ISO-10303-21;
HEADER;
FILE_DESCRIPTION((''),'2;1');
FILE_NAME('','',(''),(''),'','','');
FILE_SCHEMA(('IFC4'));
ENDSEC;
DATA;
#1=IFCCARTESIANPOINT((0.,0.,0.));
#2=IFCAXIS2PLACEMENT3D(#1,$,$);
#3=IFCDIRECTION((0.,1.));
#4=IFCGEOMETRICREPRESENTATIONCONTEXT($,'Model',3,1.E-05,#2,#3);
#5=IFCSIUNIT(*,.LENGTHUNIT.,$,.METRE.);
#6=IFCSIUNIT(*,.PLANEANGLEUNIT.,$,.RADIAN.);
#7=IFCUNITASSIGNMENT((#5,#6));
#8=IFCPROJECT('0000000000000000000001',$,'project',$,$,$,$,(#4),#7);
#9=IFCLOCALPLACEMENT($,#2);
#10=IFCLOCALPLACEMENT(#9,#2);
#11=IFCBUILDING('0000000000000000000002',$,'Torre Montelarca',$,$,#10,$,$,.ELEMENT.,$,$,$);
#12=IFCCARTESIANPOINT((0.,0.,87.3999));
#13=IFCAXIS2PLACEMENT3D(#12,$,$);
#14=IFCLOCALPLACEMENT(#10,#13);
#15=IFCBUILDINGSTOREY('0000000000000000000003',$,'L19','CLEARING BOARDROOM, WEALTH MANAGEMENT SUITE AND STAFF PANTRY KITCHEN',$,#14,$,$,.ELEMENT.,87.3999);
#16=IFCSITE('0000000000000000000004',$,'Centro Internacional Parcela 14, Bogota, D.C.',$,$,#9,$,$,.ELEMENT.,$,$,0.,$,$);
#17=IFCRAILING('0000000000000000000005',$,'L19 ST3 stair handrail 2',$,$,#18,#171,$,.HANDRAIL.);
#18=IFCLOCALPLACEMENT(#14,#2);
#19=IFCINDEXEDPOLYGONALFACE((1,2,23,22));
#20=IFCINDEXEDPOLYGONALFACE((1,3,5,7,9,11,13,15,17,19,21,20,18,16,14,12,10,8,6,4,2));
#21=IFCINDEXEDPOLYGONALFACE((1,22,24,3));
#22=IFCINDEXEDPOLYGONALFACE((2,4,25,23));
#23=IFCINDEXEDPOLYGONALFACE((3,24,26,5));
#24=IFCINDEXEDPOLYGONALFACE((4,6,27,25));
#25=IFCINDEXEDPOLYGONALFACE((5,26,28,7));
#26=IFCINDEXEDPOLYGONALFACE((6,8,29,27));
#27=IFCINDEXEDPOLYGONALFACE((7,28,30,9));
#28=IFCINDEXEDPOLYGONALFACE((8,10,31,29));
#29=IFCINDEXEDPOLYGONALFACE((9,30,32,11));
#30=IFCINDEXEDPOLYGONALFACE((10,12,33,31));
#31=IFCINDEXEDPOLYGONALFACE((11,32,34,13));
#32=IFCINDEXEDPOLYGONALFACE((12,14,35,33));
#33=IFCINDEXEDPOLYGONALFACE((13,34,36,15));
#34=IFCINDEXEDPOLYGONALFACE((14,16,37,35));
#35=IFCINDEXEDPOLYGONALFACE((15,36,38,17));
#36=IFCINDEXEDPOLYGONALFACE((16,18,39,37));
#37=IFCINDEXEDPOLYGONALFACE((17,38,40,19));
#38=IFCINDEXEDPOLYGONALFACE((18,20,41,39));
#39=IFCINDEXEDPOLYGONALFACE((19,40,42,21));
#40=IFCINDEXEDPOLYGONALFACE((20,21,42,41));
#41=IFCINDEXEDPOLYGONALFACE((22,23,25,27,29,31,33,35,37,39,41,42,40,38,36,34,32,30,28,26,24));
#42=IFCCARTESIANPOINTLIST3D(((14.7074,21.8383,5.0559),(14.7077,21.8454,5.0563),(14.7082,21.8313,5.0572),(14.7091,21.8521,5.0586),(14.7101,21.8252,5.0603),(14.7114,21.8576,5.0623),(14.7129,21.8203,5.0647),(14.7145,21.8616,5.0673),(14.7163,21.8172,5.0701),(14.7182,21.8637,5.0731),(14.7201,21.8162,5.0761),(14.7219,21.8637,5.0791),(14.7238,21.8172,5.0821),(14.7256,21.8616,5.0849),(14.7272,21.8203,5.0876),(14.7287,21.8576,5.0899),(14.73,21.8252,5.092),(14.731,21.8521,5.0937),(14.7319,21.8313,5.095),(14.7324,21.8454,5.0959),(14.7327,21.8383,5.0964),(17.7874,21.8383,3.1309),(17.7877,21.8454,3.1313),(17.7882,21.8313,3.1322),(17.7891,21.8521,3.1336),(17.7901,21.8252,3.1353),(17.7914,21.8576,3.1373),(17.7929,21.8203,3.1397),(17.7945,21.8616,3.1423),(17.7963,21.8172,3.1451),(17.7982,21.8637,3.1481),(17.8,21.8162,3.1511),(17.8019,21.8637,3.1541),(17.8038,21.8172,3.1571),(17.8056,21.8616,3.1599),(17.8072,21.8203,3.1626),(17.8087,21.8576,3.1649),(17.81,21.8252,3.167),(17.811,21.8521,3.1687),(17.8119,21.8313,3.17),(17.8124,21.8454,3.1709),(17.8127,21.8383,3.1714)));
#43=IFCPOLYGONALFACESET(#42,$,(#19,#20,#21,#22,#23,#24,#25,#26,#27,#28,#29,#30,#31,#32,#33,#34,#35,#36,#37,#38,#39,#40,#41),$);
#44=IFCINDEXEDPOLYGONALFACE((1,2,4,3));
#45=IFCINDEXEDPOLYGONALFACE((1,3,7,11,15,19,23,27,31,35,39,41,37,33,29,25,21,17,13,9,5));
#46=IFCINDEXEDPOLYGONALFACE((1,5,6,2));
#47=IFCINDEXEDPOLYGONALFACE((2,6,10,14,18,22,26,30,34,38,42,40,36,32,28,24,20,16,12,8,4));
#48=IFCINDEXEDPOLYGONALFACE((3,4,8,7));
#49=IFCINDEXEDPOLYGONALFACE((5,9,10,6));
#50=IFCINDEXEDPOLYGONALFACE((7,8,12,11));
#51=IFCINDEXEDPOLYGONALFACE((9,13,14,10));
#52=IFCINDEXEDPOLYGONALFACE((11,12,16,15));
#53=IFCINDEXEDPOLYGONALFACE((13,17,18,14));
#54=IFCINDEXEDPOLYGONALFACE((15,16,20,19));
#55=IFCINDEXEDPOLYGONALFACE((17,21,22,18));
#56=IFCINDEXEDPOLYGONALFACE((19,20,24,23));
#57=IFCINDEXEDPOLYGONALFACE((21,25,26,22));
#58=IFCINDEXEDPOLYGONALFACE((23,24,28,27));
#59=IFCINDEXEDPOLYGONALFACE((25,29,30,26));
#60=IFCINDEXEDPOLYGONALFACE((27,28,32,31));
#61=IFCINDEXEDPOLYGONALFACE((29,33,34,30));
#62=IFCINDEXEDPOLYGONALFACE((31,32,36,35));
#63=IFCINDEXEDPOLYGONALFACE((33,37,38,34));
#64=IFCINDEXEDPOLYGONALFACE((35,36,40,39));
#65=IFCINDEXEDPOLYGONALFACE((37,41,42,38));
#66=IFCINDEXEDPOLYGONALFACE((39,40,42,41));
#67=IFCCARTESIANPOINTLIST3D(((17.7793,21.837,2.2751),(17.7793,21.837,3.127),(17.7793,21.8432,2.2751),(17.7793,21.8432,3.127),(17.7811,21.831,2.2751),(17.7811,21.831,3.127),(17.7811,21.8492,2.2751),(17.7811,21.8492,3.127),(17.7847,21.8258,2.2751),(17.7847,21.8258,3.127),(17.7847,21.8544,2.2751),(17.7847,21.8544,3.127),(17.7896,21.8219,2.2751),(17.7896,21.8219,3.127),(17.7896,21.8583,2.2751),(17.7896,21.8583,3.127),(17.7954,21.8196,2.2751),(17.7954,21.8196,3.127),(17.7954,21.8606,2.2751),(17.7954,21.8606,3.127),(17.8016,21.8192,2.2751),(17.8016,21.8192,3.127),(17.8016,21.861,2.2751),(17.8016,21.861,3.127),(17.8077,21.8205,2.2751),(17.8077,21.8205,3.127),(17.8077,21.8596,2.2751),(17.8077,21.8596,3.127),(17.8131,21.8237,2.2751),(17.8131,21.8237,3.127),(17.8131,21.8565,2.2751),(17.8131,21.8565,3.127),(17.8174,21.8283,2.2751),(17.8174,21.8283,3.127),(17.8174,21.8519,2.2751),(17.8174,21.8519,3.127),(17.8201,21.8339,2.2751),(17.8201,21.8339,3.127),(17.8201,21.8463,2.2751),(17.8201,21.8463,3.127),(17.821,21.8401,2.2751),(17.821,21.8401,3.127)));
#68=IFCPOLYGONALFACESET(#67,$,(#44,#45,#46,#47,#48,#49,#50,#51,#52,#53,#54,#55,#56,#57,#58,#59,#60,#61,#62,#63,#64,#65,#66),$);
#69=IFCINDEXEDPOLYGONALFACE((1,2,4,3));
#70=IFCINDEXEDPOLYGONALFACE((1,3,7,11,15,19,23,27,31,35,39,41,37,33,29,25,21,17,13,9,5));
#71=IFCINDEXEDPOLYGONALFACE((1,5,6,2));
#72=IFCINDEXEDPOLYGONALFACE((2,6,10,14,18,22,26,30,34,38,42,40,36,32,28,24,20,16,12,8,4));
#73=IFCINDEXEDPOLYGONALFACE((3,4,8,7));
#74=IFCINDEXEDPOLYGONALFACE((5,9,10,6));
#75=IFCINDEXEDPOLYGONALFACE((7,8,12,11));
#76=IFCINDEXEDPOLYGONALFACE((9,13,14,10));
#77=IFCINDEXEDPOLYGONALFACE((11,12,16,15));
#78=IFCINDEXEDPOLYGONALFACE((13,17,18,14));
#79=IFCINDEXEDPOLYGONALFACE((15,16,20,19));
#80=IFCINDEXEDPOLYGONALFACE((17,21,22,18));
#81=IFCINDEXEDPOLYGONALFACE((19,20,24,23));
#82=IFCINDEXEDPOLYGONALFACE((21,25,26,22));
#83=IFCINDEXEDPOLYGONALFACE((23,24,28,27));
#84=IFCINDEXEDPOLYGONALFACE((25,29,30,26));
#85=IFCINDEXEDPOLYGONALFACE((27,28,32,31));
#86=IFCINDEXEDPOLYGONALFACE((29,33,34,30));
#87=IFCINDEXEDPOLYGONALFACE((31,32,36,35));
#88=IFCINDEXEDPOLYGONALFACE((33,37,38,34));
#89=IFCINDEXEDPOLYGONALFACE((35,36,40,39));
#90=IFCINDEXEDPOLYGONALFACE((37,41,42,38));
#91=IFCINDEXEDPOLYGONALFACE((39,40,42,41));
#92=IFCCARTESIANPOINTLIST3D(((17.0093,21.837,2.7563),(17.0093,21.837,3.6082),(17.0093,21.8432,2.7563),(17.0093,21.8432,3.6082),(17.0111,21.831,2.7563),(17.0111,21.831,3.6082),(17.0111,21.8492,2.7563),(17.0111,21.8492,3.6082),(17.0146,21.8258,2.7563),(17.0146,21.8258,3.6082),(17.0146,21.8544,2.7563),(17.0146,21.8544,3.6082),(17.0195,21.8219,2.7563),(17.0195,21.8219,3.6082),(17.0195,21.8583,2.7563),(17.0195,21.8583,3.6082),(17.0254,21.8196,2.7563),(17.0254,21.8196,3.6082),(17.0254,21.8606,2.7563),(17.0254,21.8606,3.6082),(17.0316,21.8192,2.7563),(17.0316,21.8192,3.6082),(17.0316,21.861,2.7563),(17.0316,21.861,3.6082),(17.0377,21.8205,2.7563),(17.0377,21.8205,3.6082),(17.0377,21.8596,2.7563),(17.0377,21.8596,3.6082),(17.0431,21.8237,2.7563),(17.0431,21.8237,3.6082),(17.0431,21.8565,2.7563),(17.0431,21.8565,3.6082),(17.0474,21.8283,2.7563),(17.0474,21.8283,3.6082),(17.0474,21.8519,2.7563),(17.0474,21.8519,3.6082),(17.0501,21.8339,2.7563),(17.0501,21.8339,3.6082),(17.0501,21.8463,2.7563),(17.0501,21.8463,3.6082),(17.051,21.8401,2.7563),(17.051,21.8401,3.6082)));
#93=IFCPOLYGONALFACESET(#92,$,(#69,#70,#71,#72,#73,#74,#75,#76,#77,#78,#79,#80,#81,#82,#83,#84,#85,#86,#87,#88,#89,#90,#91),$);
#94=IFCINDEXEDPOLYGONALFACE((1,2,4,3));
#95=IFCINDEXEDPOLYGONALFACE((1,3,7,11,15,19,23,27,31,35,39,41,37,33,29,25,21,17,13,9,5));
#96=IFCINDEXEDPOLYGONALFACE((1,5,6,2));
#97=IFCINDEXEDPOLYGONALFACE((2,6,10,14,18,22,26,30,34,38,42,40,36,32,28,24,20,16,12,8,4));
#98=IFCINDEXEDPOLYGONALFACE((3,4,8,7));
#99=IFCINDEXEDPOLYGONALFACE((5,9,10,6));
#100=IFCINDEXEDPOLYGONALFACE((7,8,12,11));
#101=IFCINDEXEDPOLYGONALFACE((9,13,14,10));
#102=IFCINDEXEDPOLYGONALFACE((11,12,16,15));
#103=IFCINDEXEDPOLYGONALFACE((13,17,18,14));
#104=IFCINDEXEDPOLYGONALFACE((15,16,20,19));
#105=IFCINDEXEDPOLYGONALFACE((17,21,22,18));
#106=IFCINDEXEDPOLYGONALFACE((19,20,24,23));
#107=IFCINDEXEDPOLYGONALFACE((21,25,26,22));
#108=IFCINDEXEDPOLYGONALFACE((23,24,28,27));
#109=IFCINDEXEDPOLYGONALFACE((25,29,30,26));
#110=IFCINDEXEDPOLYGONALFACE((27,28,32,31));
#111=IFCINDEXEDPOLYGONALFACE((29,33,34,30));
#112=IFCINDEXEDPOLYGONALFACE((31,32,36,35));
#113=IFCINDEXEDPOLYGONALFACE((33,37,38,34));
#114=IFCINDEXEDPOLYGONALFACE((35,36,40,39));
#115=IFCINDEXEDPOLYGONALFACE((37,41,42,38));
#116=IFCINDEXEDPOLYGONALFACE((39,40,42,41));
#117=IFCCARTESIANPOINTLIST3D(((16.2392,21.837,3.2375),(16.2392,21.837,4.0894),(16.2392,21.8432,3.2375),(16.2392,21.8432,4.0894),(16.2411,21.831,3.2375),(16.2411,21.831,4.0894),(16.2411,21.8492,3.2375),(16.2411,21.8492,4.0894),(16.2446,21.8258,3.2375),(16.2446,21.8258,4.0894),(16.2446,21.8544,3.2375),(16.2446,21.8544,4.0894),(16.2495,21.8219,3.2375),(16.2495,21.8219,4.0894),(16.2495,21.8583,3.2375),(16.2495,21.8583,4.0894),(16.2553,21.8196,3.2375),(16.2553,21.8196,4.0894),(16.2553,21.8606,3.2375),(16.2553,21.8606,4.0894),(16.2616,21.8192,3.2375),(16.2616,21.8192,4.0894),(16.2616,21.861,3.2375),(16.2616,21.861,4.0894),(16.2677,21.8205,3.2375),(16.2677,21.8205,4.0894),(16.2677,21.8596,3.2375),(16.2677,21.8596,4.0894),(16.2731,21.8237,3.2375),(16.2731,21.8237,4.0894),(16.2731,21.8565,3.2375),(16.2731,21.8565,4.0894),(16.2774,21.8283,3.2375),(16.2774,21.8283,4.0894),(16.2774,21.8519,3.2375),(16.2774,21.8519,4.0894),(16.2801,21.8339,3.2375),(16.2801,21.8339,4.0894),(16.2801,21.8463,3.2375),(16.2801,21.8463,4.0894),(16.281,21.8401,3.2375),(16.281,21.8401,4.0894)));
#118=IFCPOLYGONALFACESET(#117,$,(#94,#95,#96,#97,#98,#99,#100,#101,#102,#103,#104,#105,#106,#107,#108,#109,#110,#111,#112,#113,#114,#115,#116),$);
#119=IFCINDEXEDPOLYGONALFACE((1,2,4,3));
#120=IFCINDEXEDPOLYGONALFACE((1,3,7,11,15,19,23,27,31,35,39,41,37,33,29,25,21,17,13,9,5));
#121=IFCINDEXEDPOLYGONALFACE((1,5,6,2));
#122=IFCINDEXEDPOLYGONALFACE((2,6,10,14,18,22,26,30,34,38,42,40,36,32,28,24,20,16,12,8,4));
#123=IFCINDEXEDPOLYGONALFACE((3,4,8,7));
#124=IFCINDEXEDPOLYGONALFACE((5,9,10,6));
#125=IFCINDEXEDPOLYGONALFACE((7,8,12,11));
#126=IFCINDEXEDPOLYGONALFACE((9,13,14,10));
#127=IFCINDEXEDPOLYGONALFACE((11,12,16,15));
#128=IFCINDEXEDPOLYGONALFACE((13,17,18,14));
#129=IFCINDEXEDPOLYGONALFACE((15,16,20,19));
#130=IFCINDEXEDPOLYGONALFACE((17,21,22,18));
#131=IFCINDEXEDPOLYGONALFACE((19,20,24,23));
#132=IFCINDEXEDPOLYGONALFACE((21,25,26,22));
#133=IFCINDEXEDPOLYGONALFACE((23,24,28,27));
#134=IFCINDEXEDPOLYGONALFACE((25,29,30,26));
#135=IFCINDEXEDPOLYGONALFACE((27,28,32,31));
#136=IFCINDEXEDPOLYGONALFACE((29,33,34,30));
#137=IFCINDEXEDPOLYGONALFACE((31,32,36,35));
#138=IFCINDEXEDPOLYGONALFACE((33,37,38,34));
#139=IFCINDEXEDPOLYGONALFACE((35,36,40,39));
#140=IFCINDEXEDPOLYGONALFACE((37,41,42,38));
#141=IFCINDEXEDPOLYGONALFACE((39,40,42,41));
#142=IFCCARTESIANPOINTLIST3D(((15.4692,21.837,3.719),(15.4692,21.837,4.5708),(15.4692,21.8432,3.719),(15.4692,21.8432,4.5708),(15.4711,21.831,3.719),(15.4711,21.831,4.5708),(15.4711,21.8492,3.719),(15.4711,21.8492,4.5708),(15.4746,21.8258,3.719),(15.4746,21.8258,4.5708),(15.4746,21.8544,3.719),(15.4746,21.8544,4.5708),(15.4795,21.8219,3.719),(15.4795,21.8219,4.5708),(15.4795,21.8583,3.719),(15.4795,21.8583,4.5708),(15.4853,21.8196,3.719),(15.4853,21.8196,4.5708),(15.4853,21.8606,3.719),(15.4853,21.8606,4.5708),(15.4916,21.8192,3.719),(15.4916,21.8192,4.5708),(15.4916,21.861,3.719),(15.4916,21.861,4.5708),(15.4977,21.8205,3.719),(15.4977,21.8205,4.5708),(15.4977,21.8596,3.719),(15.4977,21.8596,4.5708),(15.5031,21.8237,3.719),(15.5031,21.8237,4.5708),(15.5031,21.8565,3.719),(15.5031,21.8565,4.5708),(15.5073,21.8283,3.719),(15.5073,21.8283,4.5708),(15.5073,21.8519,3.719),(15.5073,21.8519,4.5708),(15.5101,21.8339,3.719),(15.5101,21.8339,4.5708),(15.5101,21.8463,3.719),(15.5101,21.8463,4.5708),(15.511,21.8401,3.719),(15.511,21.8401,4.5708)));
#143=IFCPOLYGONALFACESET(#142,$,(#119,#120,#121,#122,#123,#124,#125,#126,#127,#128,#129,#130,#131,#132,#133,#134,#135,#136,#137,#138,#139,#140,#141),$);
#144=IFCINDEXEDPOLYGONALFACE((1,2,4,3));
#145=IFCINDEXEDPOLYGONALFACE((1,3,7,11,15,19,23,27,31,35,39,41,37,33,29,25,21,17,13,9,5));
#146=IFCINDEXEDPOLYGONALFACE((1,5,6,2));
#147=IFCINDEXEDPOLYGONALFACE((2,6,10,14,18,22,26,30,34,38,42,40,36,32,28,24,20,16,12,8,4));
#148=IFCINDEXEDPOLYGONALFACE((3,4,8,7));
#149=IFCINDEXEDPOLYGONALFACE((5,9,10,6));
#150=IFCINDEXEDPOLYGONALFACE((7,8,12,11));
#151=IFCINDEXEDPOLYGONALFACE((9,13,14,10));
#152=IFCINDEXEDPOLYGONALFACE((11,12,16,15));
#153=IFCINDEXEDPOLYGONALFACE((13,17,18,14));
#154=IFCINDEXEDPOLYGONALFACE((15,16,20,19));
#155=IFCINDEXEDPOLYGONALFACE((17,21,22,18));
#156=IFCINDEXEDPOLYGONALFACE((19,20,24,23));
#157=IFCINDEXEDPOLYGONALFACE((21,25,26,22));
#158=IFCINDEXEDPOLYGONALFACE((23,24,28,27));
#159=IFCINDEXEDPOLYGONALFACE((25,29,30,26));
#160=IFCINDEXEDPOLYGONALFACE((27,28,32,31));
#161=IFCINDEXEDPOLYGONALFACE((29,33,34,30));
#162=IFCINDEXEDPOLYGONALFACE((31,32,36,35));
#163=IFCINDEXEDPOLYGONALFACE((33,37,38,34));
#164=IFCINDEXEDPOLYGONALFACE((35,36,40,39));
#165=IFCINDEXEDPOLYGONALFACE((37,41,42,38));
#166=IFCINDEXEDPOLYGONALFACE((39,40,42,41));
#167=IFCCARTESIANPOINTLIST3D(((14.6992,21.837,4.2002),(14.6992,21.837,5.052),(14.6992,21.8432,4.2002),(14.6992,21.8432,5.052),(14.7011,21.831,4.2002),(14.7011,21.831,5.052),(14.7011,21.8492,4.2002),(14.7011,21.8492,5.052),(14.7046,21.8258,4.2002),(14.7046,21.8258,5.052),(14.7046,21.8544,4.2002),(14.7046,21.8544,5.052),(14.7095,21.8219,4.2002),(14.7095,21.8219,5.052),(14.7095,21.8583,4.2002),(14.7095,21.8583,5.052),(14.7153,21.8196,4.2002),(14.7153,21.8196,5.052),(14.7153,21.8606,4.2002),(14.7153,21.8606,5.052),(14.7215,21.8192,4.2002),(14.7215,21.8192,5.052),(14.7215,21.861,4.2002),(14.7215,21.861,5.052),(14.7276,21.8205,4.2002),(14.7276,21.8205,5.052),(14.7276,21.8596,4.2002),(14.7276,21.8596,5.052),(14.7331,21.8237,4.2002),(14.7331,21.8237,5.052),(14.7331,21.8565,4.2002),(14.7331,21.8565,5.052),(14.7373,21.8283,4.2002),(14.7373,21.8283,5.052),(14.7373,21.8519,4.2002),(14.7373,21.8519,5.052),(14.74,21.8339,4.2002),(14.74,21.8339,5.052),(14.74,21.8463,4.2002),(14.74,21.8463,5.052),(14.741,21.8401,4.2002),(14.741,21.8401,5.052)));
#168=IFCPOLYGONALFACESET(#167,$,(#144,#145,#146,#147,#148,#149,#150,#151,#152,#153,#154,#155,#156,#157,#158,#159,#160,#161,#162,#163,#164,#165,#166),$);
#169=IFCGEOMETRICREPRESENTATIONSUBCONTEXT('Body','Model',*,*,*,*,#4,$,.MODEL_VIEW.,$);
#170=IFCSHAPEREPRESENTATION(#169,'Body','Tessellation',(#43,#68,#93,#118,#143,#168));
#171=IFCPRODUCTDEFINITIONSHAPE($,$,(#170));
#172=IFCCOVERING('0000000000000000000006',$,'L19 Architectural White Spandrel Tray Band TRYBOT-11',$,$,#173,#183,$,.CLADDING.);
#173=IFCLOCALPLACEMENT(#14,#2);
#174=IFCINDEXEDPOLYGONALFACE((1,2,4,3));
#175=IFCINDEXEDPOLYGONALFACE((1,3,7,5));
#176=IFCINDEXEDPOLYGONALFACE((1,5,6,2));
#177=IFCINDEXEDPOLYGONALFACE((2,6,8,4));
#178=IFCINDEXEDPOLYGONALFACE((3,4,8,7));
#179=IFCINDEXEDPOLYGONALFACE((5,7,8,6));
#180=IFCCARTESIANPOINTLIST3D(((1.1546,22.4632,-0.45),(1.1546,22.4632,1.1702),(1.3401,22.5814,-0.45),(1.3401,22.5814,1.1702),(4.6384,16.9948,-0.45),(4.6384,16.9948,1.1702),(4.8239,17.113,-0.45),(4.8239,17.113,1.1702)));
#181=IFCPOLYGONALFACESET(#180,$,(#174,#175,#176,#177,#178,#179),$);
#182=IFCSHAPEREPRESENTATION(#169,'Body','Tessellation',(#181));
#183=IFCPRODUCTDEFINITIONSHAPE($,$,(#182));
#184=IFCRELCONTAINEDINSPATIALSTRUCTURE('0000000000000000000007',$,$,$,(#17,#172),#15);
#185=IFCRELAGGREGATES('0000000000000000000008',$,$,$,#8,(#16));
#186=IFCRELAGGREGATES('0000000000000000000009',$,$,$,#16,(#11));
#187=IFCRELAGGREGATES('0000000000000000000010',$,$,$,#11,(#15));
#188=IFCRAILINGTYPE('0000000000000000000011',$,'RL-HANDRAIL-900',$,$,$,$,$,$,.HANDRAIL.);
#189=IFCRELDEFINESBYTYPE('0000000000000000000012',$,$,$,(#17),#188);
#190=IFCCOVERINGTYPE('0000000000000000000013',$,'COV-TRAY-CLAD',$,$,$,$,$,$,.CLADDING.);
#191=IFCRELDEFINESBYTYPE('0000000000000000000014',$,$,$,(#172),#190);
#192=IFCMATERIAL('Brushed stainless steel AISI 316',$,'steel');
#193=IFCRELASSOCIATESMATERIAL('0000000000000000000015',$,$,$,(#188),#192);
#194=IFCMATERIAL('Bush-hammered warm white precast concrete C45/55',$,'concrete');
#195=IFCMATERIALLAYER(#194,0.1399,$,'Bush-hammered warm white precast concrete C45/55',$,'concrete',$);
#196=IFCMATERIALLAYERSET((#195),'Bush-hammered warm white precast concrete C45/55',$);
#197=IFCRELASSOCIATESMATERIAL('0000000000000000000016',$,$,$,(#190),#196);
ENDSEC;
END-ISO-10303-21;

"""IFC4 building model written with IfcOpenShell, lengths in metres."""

from ifc_helpers import new_model, si_unit, direction, frame, origin, origin_2d, place, context, subcontext, project, spatial, rectangle, circle, extrude, source, transform, mapped, material, layer, layer_set, type_object, element, save


model = new_model("IFC4")

# Units and contexts
model_context = context("Model", 3, precision=1e-05, world=origin(), true_north=direction((0.0, 1.0)))
body_context = subcontext(model_context, "Body", "Model", "MODEL_VIEW")
ifc_project = project(units=[si_unit("LENGTHUNIT", "METRE"), si_unit("PLANEANGLEUNIT", "RADIAN")], contexts=[model_context])

# Site, building, storey
site_placement = place(None, origin())
site = spatial("IfcSite", under=ifc_project, at=site_placement, Name="Centro Internacional Parcela 14, Bogota, D.C.", CompositionType="ELEMENT", RefElevation=0.0)
building_placement = place(site_placement, origin())
building = spatial("IfcBuilding", under=site, at=building_placement, Name="Torre Montelarca", CompositionType="ELEMENT")
storey_placement = place(building_placement, frame((0.0, 0.0, 87.3999)))
storey = spatial("IfcBuildingStorey", under=building, at=storey_placement, Name="L19", Description="CLEARING BOARDROOM, WEALTH MANAGEMENT SUITE AND STAFF PANTRY KITCHEN", CompositionType="ELEMENT", Elevation=87.3999)

# Railing
ifc_material_1 = material(Name="Brushed stainless steel AISI 316", Category="steel")
railing_type_1 = type_object("IfcRailingType", Name="RL-HANDRAIL-900", PredefinedType="HANDRAIL", material=ifc_material_1)
railing_1_placement = place(storey_placement, frame((17.8, 21.8401, 2.2751)))
element("IfcRailing", 1, at=railing_1_placement, inside=storey, type_object=railing_type_1, Name="L19 ST3 stair handrail 2", PredefinedType="HANDRAIL", context=body_context, shape_type="SweptSolid", body=[
    extrude(circle(Radius=0.0239, at=origin_2d()), frame((0.0, 0.0, 0.876), z_axis=(-0.847998, 0.0, 0.529999), x_axis=(0.0, -1.0, 0.0)), (0.0, 0.0, 1.0), 3.6321),
    extrude(circle(Radius=0.021, at=origin_2d()), origin(), (0.0, 0.0, 1.0), 0.8518),
    extrude(circle(Radius=0.021, at=origin_2d()), frame((-0.77, 0.0, 0.4812)), (0.0, 0.0, 1.0), 0.8518),
    extrude(circle(Radius=0.021, at=origin_2d()), frame((-1.54, 0.0, 0.9624)), (0.0, 0.0, 1.0), 0.8518),
    extrude(circle(Radius=0.021, at=origin_2d()), frame((-2.3101, 0.0, 1.4438)), (0.0, 0.0, 1.0), 0.8518),
    extrude(circle(Radius=0.021, at=origin_2d()), frame((-3.0801, 0.0, 1.925)), (0.0, 0.0, 1.0), 0.8518),
])

# Covering
ifc_material_2 = material(Name="Bush-hammered warm white precast concrete C45/55", Category="concrete")
ifc_layer_1 = layer(ifc_material_2, 0.1399, Name="Bush-hammered warm white precast concrete C45/55", Category="concrete")
ifc_layer_set_1 = layer_set([ifc_layer_1], Name="Bush-hammered warm white precast concrete C45/55")
covering_type = type_object("IfcCoveringType", Name="COV-TRAY-CLAD", PredefinedType="CLADDING", material=ifc_layer_set_1)
shared_shape_1 = source(origin(), body_context, "Body", "SweptSolid", [
    extrude(rectangle(XDim=6.4839, YDim=0.22, at=origin_2d()), origin(), (0.0, 0.0, 1.0), 1.6201),
])
covering_placement = place(storey_placement, frame((2.9893, 19.7881, -0.45), z_axis=(0.0, 0.0, 1.0), x_axis=(0.537305, -0.843388, 0.0)))
element("IfcCovering", 2, at=covering_placement, inside=storey, type_object=covering_type, Name="L19 Architectural White Spandrel Tray Band TRYBOT-11", PredefinedType="CLADDING", context=body_context, shape_type="MappedRepresentation", body=[
    mapped(shared_shape_1, transform((0.0, 0.0, 0.0), scale=1.0)),
])

save(model, "model.ifc")
